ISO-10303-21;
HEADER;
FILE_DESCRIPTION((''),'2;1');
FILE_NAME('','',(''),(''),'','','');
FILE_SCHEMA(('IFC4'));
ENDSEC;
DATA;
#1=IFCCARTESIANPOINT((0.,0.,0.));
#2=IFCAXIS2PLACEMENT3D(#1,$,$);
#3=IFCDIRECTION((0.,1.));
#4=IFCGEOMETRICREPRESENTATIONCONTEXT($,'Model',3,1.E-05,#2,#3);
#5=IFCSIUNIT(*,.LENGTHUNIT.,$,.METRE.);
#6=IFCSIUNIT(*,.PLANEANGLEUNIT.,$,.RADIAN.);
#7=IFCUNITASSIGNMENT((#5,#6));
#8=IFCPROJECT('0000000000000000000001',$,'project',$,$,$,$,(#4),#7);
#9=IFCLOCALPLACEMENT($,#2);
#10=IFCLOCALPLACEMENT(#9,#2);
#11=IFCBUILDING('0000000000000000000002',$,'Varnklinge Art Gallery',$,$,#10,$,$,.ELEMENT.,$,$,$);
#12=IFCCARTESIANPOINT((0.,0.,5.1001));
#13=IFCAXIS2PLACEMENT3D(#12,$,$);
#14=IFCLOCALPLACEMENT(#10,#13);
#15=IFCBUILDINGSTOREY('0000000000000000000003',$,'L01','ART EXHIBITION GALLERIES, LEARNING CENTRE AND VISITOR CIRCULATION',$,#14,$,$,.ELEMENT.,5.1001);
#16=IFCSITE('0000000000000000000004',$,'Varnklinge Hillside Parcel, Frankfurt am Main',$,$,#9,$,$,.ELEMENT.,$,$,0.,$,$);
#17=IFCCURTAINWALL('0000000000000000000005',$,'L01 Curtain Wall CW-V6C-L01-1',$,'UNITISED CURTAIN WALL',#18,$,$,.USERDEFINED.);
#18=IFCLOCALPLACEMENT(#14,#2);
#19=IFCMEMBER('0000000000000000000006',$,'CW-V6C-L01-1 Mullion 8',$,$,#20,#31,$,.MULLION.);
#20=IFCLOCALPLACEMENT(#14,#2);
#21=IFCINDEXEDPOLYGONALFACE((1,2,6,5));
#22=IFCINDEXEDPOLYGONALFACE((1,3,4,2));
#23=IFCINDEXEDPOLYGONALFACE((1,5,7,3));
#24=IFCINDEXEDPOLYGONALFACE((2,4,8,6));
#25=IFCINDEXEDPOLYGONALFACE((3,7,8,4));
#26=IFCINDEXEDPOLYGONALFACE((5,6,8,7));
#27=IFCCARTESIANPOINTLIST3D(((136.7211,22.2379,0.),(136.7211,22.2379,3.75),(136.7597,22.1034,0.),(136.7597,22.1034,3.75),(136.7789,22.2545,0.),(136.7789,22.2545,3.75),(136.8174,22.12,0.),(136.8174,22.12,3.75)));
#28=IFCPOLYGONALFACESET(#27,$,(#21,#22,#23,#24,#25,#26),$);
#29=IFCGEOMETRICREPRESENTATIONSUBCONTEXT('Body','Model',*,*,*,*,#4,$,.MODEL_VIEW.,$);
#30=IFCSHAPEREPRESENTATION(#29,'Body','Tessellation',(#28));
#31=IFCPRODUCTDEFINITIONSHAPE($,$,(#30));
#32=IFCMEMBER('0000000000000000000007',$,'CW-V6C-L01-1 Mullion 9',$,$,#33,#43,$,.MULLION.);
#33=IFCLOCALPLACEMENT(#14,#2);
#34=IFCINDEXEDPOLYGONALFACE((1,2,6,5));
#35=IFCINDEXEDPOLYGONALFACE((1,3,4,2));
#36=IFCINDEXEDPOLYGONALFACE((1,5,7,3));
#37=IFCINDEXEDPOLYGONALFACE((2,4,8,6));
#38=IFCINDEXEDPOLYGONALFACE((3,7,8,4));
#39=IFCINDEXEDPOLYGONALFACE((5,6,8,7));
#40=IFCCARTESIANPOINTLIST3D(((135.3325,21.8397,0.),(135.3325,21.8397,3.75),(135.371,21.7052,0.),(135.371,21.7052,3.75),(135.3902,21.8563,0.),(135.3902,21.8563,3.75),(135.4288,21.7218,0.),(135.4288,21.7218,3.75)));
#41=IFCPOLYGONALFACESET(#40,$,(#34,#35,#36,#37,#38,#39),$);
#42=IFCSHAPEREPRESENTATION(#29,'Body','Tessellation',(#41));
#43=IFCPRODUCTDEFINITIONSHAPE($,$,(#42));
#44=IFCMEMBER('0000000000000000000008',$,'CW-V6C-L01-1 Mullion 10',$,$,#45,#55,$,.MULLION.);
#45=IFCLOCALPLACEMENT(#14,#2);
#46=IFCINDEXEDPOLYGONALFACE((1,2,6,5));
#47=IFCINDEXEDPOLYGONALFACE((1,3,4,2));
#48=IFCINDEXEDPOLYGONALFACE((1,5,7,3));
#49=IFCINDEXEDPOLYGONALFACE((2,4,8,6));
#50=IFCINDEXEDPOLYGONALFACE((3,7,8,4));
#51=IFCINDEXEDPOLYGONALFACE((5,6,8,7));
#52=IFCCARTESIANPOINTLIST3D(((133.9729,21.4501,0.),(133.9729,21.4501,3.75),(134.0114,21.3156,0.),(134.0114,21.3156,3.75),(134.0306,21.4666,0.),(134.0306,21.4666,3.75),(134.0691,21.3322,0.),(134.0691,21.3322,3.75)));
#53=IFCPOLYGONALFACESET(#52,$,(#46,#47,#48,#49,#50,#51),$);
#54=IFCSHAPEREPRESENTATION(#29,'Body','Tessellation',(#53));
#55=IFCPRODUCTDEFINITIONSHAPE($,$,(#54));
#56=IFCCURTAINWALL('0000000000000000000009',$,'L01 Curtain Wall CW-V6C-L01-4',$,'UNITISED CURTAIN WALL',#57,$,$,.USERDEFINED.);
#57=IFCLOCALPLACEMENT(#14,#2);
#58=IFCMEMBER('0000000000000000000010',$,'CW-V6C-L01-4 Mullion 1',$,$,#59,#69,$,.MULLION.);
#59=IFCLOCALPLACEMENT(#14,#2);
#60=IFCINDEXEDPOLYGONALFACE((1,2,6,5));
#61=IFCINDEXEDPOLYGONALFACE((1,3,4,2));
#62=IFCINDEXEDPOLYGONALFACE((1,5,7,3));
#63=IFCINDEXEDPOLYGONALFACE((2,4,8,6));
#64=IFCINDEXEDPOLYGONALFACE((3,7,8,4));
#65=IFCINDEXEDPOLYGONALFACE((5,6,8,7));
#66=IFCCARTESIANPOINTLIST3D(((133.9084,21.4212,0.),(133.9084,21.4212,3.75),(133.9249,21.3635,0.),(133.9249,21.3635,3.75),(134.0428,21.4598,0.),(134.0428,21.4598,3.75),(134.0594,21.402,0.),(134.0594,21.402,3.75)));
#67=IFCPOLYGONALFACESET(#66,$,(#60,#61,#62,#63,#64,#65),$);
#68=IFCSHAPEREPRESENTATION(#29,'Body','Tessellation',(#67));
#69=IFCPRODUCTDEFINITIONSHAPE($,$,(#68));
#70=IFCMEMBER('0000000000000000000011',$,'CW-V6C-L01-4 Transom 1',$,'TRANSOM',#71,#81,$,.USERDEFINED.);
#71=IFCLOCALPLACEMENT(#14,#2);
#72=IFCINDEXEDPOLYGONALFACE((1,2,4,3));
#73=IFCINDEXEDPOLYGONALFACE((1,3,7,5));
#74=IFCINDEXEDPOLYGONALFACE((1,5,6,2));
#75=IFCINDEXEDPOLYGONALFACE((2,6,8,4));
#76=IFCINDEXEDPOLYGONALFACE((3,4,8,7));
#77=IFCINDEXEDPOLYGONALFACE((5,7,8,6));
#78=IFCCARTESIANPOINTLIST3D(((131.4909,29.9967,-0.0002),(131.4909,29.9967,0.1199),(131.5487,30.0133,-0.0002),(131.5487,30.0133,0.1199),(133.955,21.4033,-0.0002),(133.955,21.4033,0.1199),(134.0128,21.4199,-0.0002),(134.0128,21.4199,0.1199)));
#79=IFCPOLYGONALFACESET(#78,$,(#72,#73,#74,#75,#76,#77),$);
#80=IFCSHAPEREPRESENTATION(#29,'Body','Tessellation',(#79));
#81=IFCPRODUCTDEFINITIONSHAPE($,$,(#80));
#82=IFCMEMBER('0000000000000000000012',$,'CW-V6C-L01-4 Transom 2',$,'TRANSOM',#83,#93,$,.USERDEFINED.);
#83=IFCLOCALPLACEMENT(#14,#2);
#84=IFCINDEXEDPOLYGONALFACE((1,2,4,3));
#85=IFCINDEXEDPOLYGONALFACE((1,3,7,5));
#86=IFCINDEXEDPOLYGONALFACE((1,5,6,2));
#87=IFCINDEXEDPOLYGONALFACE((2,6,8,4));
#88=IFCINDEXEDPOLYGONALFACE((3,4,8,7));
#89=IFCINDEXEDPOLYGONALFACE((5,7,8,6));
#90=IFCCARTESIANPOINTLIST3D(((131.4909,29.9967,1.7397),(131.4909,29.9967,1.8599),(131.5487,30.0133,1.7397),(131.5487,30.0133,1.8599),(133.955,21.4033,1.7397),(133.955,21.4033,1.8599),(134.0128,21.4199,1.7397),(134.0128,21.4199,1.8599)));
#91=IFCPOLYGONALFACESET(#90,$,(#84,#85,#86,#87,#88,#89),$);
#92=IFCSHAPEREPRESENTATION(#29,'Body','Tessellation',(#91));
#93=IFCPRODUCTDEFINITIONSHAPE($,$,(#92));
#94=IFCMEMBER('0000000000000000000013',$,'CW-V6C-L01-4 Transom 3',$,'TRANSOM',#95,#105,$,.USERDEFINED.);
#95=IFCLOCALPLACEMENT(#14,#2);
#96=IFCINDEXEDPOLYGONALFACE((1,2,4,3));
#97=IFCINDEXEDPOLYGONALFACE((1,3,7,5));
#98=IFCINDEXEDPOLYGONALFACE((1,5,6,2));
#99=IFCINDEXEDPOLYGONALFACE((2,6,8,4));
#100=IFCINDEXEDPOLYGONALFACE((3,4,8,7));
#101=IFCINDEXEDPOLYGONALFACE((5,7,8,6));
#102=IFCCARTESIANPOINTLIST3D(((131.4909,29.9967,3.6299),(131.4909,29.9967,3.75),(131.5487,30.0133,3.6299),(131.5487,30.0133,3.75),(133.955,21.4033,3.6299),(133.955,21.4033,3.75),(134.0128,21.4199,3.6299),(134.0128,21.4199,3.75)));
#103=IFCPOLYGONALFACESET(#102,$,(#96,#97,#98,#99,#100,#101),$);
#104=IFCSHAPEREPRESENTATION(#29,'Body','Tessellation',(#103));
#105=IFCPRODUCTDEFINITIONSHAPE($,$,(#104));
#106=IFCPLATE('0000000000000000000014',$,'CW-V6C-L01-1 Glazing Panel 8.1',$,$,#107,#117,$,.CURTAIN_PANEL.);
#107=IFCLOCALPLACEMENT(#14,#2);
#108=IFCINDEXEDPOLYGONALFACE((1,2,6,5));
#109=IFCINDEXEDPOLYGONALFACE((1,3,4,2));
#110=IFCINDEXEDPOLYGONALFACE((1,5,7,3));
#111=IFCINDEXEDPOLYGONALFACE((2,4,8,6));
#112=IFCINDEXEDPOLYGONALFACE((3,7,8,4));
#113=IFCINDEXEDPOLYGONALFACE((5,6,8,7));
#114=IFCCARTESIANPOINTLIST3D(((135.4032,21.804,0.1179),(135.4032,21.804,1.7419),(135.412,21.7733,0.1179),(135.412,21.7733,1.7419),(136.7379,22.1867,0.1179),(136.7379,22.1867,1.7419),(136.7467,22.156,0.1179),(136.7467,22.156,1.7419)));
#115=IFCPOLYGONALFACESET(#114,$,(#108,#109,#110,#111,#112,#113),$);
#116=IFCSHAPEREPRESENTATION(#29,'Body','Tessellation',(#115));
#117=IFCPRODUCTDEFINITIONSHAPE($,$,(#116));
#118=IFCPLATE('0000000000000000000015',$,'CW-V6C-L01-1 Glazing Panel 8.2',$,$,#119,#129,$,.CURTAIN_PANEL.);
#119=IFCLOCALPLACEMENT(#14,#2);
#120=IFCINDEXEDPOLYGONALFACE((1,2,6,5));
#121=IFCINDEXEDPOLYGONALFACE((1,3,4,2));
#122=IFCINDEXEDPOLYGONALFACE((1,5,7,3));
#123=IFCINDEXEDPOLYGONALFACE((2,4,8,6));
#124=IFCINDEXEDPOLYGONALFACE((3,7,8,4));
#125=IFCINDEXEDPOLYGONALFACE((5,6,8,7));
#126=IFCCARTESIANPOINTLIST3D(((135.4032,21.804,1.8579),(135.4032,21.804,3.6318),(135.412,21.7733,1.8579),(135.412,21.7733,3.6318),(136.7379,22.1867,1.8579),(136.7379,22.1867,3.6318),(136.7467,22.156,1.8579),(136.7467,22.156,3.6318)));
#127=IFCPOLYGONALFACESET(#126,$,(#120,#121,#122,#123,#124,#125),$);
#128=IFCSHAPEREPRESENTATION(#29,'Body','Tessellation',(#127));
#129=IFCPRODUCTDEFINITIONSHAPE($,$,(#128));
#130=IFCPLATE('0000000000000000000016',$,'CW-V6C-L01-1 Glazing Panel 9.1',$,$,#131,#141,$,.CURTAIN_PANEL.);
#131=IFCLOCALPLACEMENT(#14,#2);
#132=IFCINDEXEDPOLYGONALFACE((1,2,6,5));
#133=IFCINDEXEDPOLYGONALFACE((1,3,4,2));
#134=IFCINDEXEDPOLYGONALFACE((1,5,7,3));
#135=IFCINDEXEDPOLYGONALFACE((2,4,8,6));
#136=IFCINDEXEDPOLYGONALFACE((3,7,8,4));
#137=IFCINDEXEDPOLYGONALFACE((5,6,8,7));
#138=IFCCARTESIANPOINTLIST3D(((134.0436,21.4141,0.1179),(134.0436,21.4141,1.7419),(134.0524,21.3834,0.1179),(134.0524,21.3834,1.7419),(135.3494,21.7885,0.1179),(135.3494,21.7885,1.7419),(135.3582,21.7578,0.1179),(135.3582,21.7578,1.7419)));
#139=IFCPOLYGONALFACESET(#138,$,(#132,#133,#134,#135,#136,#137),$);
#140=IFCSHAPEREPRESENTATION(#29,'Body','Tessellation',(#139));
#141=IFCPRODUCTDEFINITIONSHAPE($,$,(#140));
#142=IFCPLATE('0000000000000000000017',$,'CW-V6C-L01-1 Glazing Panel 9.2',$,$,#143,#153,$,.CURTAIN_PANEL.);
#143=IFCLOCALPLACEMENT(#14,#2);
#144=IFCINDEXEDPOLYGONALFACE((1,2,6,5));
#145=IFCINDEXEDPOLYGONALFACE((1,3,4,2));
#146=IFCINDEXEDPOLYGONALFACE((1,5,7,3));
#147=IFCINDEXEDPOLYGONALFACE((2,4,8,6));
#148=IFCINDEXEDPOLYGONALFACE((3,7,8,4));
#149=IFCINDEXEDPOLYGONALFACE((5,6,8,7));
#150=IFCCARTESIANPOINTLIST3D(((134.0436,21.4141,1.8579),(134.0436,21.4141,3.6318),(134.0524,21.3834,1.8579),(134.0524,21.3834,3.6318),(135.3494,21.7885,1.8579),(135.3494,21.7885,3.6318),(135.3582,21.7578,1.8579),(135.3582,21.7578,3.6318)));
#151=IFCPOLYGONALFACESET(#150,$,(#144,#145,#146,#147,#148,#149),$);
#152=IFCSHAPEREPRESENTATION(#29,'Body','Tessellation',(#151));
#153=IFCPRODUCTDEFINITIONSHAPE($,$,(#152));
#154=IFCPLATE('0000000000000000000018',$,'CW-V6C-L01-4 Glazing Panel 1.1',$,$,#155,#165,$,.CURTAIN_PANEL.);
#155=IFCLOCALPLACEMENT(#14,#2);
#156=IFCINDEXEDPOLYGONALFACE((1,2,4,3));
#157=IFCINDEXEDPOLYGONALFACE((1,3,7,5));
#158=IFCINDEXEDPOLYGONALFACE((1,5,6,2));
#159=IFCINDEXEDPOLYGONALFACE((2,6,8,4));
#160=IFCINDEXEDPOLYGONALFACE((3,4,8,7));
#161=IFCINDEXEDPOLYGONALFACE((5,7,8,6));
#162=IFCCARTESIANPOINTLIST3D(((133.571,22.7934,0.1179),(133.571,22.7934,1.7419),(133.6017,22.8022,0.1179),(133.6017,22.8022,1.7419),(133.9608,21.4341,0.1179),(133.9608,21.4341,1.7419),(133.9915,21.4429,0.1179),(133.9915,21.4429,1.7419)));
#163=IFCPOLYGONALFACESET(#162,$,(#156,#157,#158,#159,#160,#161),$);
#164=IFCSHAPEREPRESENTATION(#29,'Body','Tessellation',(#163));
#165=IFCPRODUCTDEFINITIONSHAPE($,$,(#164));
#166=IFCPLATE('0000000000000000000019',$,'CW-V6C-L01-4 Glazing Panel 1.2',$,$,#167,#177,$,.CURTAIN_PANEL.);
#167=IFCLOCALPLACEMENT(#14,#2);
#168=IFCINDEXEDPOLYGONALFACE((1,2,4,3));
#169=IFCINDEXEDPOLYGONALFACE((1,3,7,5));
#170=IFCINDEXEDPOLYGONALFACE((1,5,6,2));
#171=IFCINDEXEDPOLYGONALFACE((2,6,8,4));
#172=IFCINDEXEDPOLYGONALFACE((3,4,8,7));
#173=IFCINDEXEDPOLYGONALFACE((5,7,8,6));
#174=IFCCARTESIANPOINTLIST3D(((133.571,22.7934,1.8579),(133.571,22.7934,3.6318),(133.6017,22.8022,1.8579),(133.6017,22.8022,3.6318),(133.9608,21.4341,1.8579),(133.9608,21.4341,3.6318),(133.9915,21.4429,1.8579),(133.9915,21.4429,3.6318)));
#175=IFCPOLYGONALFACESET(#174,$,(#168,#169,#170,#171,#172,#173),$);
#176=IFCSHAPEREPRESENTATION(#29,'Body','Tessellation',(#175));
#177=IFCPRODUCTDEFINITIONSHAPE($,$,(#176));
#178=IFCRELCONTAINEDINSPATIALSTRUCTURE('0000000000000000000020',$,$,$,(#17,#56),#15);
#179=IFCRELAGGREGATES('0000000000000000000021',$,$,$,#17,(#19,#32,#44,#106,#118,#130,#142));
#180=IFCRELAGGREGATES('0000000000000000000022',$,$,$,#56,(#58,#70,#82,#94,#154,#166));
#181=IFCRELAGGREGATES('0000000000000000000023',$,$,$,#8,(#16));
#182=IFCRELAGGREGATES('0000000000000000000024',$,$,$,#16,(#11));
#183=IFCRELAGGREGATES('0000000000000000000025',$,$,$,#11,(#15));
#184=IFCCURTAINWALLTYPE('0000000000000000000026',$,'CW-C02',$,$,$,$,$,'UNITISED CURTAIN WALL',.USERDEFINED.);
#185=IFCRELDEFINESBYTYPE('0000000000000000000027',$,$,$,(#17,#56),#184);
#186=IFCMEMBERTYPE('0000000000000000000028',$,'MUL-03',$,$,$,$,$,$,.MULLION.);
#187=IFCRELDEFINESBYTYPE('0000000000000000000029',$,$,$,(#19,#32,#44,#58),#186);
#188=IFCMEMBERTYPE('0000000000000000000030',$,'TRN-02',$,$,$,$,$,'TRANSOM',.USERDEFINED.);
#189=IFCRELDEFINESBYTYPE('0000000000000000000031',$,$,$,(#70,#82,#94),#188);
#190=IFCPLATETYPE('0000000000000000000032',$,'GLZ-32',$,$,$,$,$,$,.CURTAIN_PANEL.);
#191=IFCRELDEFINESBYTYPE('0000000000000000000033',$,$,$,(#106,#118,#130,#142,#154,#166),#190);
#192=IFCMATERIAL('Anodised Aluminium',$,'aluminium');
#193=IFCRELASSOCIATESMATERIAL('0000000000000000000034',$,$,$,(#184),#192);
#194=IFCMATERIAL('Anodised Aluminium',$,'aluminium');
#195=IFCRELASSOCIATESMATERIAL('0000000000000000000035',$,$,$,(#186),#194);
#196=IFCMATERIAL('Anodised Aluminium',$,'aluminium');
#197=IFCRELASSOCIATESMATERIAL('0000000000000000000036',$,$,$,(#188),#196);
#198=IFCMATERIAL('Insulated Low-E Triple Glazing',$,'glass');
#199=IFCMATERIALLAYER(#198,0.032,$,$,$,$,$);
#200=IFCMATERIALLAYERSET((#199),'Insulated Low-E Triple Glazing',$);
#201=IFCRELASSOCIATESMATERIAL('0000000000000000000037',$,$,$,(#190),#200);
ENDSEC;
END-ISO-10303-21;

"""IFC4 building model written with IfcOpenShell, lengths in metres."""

from ifc_helpers import new_model, si_unit, direction, frame, origin, origin_2d, place, context, subcontext, project, spatial, rectangle, extrude, material, layer, layer_set, material_profile, profile_set, type_object, element, aggregate, save


model = new_model("IFC4")

# Units and contexts
model_context = context("Model", 3, precision=1e-05, world=origin(), true_north=direction((0.0, 1.0)))
body_context = subcontext(model_context, "Body", "Model", "MODEL_VIEW")
ifc_project = project(units=[si_unit("LENGTHUNIT", "METRE"), si_unit("PLANEANGLEUNIT", "RADIAN")], contexts=[model_context])

# Site, building, storey
site_placement = place(None, origin())
site = spatial("IfcSite", under=ifc_project, at=site_placement, Name="Varnklinge Hillside Parcel, Frankfurt am Main", CompositionType="ELEMENT", RefElevation=0.0)
building_placement = place(site_placement, origin())
building = spatial("IfcBuilding", under=site, at=building_placement, Name="Varnklinge Art Gallery", CompositionType="ELEMENT")
storey_placement = place(building_placement, frame((0.0, 0.0, 5.1001)))
storey = spatial("IfcBuildingStorey", under=building, at=storey_placement, Name="L01", Description="ART EXHIBITION GALLERIES, LEARNING CENTRE AND VISITOR CIRCULATION", CompositionType="ELEMENT", Elevation=5.1001)

# Curtain walls, members
ifc_material_1 = material(Name="Anodised Aluminium", Category="aluminium")
curtain_wall_type = type_object("IfcCurtainWallType", Name="CW-C02", ElementType="UNITISED CURTAIN WALL", PredefinedType="USERDEFINED", material=ifc_material_1)
curtain_wall_1_placement = place(storey_placement, origin())
curtain_wall_1 = element("IfcCurtainWall", 1, at=curtain_wall_1_placement, inside=storey, type_object=curtain_wall_type, Name="L01 Curtain Wall CW-V6C-L01-1", ObjectType="UNITISED CURTAIN WALL", PredefinedType="USERDEFINED")
ifc_material_2 = material(Name="Anodised Aluminium", Category="aluminium")
ifc_material_profile_1 = material_profile(ifc_material_2, rectangle(XDim=0.0601, YDim=0.1399, at=origin_2d()), Name="ALU 60x140")
ifc_profile_set_1 = profile_set([ifc_material_profile_1], Name="Anodised Aluminium")
member_type_1 = type_object("IfcMemberType", Name="MUL-03", PredefinedType="MULLION", material=ifc_profile_set_1)
member_1_placement = place(storey_placement, frame((136.7693, 22.179, 0.0), z_axis=(0.0, 0.0, 1.0), x_axis=(-0.961262, -0.275637, 0.0)))
member_1 = element("IfcMember", 2, at=member_1_placement, type_object=member_type_1, Name="CW-V6C-L01-1 Mullion 8", PredefinedType="MULLION", context=body_context, shape_type="SweptSolid", body=[
    extrude(rectangle(XDim=0.0601, YDim=0.1399, at=origin_2d()), origin(), (0.0, 0.0, 1.0), 3.75),
])
member_2_placement = place(storey_placement, frame((135.3806, 21.7808, 0.0), z_axis=(0.0, 0.0, 1.0), x_axis=(-0.961262, -0.275637, 0.0)))
member_2 = element("IfcMember", 3, at=member_2_placement, type_object=member_type_1, Name="CW-V6C-L01-1 Mullion 9", PredefinedType="MULLION", context=body_context, shape_type="SweptSolid", body=[
    extrude(rectangle(XDim=0.0601, YDim=0.1399, at=origin_2d()), origin(), (0.0, 0.0, 1.0), 3.75),
])
member_3_placement = place(storey_placement, frame((134.021, 21.3911, 0.0), z_axis=(0.0, 0.0, 1.0), x_axis=(-0.961262, -0.275637, 0.0)))
member_3 = element("IfcMember", 4, at=member_3_placement, type_object=member_type_1, Name="CW-V6C-L01-1 Mullion 10", PredefinedType="MULLION", context=body_context, shape_type="SweptSolid", body=[
    extrude(rectangle(XDim=0.0601, YDim=0.1399, at=origin_2d()), origin(), (0.0, 0.0, 1.0), 3.75),
])
curtain_wall_2_placement = place(storey_placement, origin())
curtain_wall_2 = element("IfcCurtainWall", 5, at=curtain_wall_2_placement, inside=storey, type_object=curtain_wall_type, Name="L01 Curtain Wall CW-V6C-L01-4", ObjectType="UNITISED CURTAIN WALL", PredefinedType="USERDEFINED")
member_4_placement = place(storey_placement, frame((133.9839, 21.4116, 0.0), z_axis=(0.0, 0.0, 1.0), x_axis=(-0.275637, 0.961262, 0.0)))
member_4 = element("IfcMember", 6, at=member_4_placement, type_object=member_type_1, Name="CW-V6C-L01-4 Mullion 1", PredefinedType="MULLION", context=body_context, shape_type="SweptSolid", body=[
    extrude(rectangle(XDim=0.0601, YDim=0.1399, at=origin_2d()), origin(), (0.0, 0.0, 1.0), 3.75),
])
ifc_material_3 = material(Name="Anodised Aluminium", Category="aluminium")
ifc_material_profile_2 = material_profile(ifc_material_3, rectangle(XDim=0.0601, YDim=0.1201, at=origin_2d()), Name="ALU 60x120")
ifc_profile_set_2 = profile_set([ifc_material_profile_2], Name="Anodised Aluminium")
member_type_2 = type_object("IfcMemberType", Name="TRN-02", ElementType="TRANSOM", PredefinedType="USERDEFINED", material=ifc_profile_set_2)
member_5_placement = place(storey_placement, frame((133.9839, 21.4116, 0.0598), z_axis=(-0.275634, 0.961263, 0.0), x_axis=(-0.961263, -0.275634, 0.0)))
member_5 = element("IfcMember", 7, at=member_5_placement, type_object=member_type_2, Name="CW-V6C-L01-4 Transom 1", ObjectType="TRANSOM", PredefinedType="USERDEFINED", context=body_context, shape_type="SweptSolid", body=[
    extrude(rectangle(XDim=0.0601, YDim=0.1201, at=origin_2d()), origin(), (0.0, 0.0, 1.0), 8.9397),
])
member_6_placement = place(storey_placement, frame((133.9839, 21.4116, 1.7998), z_axis=(-0.275634, 0.961263, 0.0), x_axis=(-0.961263, -0.275634, 0.0)))
member_6 = element("IfcMember", 8, at=member_6_placement, type_object=member_type_2, Name="CW-V6C-L01-4 Transom 2", ObjectType="TRANSOM", PredefinedType="USERDEFINED", context=body_context, shape_type="SweptSolid", body=[
    extrude(rectangle(XDim=0.0601, YDim=0.1201, at=origin_2d()), origin(), (0.0, 0.0, 1.0), 8.9397),
])
member_7_placement = place(storey_placement, frame((133.9839, 21.4116, 3.6899), z_axis=(-0.275634, 0.961263, 0.0), x_axis=(-0.961263, -0.275634, 0.0)))
member_7 = element("IfcMember", 9, at=member_7_placement, type_object=member_type_2, Name="CW-V6C-L01-4 Transom 3", ObjectType="TRANSOM", PredefinedType="USERDEFINED", context=body_context, shape_type="SweptSolid", body=[
    extrude(rectangle(XDim=0.0601, YDim=0.1201, at=origin_2d()), origin(), (0.0, 0.0, 1.0), 8.9397),
])

# Plates
ifc_material_4 = material(Name="Insulated Low-E Triple Glazing", Category="glass")
ifc_layer_1 = layer(ifc_material_4, 0.032)
ifc_layer_set_1 = layer_set([ifc_layer_1], Name="Insulated Low-E Triple Glazing")
plate_type = type_object("IfcPlateType", Name="GLZ-32", PredefinedType="CURTAIN_PANEL", material=ifc_layer_set_1)
plate_1_placement = place(storey_placement, frame((136.075, 21.98, 0.1179), z_axis=(0.0, 0.0, 1.0), x_axis=(-0.961262, -0.275637, 0.0)))
plate_1 = element("IfcPlate", 10, at=plate_1_placement, type_object=plate_type, Name="CW-V6C-L01-1 Glazing Panel 8.1", PredefinedType="CURTAIN_PANEL", context=body_context, shape_type="SweptSolid", body=[
    extrude(rectangle(XDim=1.3884, YDim=0.032, at=origin_2d()), origin(), (0.0, 0.0, 1.0), 1.624),
])
plate_2_placement = place(storey_placement, frame((136.075, 21.98, 1.8579), z_axis=(0.0, 0.0, 1.0), x_axis=(-0.961262, -0.275637, 0.0)))
plate_2 = element("IfcPlate", 11, at=plate_2_placement, type_object=plate_type, Name="CW-V6C-L01-1 Glazing Panel 8.2", PredefinedType="CURTAIN_PANEL", context=body_context, shape_type="SweptSolid", body=[
    extrude(rectangle(XDim=1.3884, YDim=0.032, at=origin_2d()), origin(), (0.0, 0.0, 1.0), 1.7739),
])
plate_3_placement = place(storey_placement, frame((134.7009, 21.5859, 0.1179), z_axis=(0.0, 0.0, 1.0), x_axis=(-0.961262, -0.275637, 0.0)))
plate_3 = element("IfcPlate", 12, at=plate_3_placement, type_object=plate_type, Name="CW-V6C-L01-1 Glazing Panel 9.1", PredefinedType="CURTAIN_PANEL", context=body_context, shape_type="SweptSolid", body=[
    extrude(rectangle(XDim=1.3584, YDim=0.032, at=origin_2d()), origin(), (0.0, 0.0, 1.0), 1.624),
])
plate_4_placement = place(storey_placement, frame((134.7009, 21.5859, 1.8579), z_axis=(0.0, 0.0, 1.0), x_axis=(-0.961262, -0.275637, 0.0)))
plate_4 = element("IfcPlate", 13, at=plate_4_placement, type_object=plate_type, Name="CW-V6C-L01-1 Glazing Panel 9.2", PredefinedType="CURTAIN_PANEL", context=body_context, shape_type="SweptSolid", body=[
    extrude(rectangle(XDim=1.3584, YDim=0.032, at=origin_2d()), origin(), (0.0, 0.0, 1.0), 1.7739),
])
aggregate(curtain_wall_1, [member_1, member_2, member_3, plate_1, plate_2, plate_3, plate_4])
plate_5_placement = place(storey_placement, frame((133.7812, 22.1182, 0.1179), z_axis=(0.0, 0.0, 1.0), x_axis=(-0.275637, 0.961262, 0.0)))
plate_5 = element("IfcPlate", 14, at=plate_5_placement, type_object=plate_type, Name="CW-V6C-L01-4 Glazing Panel 1.1", PredefinedType="CURTAIN_PANEL", context=body_context, shape_type="SweptSolid", body=[
    extrude(rectangle(XDim=1.4141, YDim=0.032, at=origin_2d()), origin(), (0.0, 0.0, 1.0), 1.624),
])
plate_6_placement = place(storey_placement, frame((133.7812, 22.1182, 1.8579), z_axis=(0.0, 0.0, 1.0), x_axis=(-0.275637, 0.961262, 0.0)))
plate_6 = element("IfcPlate", 15, at=plate_6_placement, type_object=plate_type, Name="CW-V6C-L01-4 Glazing Panel 1.2", PredefinedType="CURTAIN_PANEL", context=body_context, shape_type="SweptSolid", body=[
    extrude(rectangle(XDim=1.4141, YDim=0.032, at=origin_2d()), origin(), (0.0, 0.0, 1.0), 1.7739),
])
aggregate(curtain_wall_2, [member_4, member_5, member_6, member_7, plate_5, plate_6])

save(model, "model.ifc")
